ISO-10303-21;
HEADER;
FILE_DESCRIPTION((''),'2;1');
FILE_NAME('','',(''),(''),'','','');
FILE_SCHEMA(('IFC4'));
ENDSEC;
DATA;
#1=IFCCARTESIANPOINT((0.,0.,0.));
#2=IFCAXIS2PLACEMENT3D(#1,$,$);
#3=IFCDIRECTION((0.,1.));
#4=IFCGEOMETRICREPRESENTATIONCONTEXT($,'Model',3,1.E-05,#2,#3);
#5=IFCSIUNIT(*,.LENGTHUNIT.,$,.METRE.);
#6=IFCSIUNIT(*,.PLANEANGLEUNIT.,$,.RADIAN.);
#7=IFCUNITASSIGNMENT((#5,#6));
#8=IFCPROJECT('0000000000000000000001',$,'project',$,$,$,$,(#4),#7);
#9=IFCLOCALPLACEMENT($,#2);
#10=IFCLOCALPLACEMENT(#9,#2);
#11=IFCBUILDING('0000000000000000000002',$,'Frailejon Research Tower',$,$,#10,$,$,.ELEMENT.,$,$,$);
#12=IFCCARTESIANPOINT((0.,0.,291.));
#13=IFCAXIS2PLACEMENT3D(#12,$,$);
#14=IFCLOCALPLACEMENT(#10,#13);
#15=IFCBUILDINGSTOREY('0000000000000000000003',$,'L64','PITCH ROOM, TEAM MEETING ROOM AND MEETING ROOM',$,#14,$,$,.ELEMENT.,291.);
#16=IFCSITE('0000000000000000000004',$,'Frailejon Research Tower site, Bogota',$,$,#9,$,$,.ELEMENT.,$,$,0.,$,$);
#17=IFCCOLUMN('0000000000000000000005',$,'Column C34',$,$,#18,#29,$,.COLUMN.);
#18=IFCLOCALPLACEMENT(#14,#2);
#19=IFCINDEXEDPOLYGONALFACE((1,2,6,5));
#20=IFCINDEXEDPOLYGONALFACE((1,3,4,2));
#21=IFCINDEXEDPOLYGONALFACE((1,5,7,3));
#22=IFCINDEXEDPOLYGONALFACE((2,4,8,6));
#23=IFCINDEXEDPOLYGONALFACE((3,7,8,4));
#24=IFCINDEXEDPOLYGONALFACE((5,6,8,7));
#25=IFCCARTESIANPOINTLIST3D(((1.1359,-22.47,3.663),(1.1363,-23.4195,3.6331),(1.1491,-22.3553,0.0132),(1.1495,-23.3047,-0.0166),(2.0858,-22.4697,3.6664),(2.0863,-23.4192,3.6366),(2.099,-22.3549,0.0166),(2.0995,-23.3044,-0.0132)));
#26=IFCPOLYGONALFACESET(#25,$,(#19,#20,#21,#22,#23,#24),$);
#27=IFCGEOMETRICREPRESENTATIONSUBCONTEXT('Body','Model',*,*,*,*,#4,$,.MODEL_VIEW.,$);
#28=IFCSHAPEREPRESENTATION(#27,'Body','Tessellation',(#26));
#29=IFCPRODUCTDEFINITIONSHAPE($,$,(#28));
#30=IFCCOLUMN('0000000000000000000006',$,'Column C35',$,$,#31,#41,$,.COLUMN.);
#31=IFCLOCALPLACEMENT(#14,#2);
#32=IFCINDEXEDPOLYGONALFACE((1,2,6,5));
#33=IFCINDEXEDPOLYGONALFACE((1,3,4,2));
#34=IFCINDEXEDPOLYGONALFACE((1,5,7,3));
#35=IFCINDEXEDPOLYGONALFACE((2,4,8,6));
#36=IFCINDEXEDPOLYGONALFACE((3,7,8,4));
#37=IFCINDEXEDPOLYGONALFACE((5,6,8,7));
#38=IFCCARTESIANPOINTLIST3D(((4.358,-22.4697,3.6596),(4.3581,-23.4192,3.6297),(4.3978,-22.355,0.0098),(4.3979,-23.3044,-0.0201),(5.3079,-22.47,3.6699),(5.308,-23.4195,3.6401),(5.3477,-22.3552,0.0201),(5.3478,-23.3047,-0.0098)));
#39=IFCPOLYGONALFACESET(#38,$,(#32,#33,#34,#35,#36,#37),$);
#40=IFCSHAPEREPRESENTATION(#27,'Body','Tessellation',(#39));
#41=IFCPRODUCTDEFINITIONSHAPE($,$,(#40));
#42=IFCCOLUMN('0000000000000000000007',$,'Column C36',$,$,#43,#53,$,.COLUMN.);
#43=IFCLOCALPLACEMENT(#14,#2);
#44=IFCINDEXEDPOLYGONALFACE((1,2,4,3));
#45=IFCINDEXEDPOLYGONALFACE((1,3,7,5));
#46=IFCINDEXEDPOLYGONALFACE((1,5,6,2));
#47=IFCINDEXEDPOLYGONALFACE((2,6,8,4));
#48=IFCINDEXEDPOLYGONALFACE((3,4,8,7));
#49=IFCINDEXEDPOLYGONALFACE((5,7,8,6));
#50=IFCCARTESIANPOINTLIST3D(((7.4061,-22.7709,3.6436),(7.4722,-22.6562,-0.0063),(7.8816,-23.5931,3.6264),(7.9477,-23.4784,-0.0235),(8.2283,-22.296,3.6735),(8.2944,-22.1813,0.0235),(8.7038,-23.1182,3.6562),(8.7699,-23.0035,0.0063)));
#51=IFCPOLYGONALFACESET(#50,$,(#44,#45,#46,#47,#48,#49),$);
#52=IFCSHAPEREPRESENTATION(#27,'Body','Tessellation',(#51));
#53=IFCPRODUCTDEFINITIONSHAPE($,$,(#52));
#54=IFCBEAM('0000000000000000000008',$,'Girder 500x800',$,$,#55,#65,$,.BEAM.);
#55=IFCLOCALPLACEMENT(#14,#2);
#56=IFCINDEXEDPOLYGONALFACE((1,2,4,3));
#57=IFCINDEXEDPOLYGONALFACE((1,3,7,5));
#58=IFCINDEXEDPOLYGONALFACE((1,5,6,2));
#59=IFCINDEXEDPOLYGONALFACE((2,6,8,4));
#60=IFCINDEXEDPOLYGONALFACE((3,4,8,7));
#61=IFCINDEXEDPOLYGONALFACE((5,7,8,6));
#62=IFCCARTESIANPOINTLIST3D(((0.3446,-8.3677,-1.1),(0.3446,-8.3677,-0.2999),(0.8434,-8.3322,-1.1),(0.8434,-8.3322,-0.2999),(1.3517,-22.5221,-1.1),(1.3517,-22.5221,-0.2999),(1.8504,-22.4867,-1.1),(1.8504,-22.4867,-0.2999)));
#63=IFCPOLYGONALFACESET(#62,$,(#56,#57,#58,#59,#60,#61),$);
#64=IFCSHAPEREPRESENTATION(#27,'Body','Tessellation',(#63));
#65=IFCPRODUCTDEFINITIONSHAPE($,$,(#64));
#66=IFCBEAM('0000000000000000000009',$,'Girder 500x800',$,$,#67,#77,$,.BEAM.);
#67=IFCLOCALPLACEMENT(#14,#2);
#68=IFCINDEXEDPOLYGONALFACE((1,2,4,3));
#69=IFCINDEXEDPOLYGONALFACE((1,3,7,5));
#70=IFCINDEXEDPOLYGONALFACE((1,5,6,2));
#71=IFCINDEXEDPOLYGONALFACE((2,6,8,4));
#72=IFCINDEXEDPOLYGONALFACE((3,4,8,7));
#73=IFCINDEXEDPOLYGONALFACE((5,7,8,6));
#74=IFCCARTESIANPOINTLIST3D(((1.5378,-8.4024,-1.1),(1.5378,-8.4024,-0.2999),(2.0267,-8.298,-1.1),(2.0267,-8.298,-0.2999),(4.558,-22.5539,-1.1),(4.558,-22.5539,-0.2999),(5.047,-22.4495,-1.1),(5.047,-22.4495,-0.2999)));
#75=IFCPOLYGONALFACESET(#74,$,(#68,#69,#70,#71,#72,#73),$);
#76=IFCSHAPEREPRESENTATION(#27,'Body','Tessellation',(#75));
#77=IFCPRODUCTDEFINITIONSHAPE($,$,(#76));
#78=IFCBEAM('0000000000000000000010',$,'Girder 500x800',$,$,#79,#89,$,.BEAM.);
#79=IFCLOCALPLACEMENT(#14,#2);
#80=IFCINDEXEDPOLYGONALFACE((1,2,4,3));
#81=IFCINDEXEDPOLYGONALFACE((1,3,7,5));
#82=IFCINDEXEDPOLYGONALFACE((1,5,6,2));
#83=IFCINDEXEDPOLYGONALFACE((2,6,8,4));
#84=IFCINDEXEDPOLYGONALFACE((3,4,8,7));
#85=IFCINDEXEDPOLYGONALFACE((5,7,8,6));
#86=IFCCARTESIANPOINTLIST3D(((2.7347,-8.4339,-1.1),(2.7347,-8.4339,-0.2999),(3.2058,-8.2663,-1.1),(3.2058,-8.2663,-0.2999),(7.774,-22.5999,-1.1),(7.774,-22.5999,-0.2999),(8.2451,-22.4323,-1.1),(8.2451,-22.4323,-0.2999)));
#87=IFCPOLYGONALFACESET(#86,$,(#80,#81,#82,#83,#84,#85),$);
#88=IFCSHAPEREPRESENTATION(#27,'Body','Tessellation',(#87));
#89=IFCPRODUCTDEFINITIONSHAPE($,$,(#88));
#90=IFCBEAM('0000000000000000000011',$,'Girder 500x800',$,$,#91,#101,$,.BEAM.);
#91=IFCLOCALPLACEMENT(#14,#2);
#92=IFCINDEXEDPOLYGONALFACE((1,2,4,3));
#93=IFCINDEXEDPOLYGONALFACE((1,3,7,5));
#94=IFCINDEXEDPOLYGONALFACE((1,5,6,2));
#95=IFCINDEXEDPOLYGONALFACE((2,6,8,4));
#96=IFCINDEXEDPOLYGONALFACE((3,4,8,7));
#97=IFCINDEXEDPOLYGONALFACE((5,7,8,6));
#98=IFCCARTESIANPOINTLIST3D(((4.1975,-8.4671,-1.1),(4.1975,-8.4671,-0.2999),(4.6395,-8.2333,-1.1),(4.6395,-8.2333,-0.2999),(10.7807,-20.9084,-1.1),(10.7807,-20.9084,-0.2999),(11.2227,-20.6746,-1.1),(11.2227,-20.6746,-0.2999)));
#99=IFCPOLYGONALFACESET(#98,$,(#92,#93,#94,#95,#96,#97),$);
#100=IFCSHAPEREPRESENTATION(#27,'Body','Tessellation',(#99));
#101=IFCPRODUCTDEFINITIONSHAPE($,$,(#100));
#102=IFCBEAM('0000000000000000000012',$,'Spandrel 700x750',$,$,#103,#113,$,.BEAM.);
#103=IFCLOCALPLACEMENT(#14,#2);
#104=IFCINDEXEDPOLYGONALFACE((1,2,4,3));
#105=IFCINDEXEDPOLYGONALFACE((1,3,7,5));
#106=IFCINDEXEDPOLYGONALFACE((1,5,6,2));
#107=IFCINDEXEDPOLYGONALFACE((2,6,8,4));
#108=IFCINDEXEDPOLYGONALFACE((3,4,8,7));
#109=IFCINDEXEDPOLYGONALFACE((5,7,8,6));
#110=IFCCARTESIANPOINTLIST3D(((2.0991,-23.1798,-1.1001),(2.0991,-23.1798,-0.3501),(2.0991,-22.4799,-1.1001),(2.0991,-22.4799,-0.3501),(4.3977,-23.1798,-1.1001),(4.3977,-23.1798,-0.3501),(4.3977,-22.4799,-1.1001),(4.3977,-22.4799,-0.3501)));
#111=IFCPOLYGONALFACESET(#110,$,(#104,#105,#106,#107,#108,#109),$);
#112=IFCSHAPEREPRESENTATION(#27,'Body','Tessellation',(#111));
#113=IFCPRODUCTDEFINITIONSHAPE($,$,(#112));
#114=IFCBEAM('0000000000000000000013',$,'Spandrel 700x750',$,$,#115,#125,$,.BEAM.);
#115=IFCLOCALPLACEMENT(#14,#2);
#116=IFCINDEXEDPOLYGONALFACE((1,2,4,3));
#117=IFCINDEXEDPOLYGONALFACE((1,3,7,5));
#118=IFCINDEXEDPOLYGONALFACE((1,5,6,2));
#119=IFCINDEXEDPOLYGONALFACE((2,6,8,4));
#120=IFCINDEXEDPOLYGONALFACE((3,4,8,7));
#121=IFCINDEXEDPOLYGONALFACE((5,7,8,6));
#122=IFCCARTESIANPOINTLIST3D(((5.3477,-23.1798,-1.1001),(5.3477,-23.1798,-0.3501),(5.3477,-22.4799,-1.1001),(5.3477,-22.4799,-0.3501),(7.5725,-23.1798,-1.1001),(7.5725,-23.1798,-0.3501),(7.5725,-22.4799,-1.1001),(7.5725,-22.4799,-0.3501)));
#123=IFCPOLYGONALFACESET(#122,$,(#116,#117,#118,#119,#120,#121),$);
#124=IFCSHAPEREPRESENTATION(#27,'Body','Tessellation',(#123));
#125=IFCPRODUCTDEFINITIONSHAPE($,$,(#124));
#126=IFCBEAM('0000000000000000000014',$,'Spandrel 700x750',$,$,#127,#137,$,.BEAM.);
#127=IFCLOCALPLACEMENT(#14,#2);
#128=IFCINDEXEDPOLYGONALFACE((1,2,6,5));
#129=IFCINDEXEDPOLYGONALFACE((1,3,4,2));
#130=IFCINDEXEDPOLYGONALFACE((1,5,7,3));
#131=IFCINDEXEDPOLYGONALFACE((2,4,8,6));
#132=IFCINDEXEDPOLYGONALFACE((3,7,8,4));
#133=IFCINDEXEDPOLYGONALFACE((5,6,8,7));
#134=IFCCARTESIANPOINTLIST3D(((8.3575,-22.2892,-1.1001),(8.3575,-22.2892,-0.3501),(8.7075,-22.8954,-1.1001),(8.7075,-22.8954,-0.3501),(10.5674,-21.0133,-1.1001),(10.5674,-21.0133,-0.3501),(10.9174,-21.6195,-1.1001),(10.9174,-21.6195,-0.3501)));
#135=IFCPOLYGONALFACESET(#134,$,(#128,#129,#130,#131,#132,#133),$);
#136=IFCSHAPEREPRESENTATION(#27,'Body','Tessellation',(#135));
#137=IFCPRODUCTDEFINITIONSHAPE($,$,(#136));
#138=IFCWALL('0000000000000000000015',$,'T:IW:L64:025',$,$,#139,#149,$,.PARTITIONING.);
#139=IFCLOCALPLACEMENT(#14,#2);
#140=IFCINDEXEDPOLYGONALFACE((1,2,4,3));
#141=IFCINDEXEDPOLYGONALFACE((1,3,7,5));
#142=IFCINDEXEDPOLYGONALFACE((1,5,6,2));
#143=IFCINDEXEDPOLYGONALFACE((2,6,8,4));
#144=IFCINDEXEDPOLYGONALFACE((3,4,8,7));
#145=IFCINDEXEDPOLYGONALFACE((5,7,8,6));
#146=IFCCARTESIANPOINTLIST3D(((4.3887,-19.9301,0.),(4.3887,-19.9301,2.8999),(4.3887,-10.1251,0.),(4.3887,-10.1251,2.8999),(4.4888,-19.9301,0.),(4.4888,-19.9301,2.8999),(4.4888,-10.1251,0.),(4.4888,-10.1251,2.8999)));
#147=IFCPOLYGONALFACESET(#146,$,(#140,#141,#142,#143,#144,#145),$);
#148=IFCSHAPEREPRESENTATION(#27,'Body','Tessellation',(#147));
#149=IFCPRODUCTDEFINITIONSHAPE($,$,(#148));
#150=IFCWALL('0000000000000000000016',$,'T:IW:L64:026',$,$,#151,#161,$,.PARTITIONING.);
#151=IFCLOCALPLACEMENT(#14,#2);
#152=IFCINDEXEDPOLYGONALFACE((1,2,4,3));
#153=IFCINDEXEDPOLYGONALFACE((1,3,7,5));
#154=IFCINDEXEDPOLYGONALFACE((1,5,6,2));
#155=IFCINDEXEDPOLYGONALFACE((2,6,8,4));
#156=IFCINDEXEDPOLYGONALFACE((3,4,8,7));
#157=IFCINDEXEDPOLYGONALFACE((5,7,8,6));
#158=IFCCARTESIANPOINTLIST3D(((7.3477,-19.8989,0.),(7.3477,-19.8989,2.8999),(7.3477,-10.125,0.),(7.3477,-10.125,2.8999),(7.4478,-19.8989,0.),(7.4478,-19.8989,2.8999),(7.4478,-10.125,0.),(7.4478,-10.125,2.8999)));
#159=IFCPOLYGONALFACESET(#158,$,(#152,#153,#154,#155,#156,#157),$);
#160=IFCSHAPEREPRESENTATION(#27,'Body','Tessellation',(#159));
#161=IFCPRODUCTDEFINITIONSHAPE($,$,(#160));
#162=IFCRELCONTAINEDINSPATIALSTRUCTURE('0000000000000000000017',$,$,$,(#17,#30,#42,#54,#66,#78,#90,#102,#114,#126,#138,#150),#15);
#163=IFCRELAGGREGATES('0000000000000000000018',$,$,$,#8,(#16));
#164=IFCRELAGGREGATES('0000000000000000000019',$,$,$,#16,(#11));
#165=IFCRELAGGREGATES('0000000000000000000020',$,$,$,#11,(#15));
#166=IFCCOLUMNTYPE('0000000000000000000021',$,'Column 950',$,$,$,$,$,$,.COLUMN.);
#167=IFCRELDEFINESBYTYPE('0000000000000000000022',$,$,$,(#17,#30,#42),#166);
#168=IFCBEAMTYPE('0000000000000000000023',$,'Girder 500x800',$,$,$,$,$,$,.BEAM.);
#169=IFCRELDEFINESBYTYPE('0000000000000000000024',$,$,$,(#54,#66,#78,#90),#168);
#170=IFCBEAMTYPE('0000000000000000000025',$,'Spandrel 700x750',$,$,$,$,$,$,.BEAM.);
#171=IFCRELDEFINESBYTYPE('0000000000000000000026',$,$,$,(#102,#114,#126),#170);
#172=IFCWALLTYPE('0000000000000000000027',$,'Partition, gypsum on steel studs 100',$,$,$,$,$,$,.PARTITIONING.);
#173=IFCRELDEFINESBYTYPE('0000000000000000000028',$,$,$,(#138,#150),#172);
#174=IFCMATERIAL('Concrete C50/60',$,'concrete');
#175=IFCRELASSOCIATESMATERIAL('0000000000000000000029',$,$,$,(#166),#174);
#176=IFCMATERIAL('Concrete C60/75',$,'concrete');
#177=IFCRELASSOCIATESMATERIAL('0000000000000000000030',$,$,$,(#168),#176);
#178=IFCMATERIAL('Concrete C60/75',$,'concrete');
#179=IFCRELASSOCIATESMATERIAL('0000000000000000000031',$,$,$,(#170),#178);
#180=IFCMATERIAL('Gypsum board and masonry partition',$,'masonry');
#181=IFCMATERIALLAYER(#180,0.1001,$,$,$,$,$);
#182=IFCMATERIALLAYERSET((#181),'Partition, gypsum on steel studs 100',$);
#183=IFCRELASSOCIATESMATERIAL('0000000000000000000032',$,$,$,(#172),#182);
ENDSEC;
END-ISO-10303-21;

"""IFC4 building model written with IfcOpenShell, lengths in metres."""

from ifc_helpers import new_model, si_unit, direction, frame, frame_2d, origin, origin_2d, place, context, subcontext, project, spatial, rectangle, extrude, material, layer, layer_set, material_profile, profile_set, type_object, element, save


model = new_model("IFC4")

# Units and contexts
model_context = context("Model", 3, precision=1e-05, world=origin(), true_north=direction((0.0, 1.0)))
body_context = subcontext(model_context, "Body", "Model", "MODEL_VIEW")
ifc_project = project(units=[si_unit("LENGTHUNIT", "METRE"), si_unit("PLANEANGLEUNIT", "RADIAN")], contexts=[model_context])

# Site, building, storey
site_placement = place(None, origin())
site = spatial("IfcSite", under=ifc_project, at=site_placement, Name="Frailejon Research Tower site, Bogota", CompositionType="ELEMENT", RefElevation=0.0)
building_placement = place(site_placement, origin())
building = spatial("IfcBuilding", under=site, at=building_placement, Name="Frailejon Research Tower", CompositionType="ELEMENT")
storey_placement = place(building_placement, frame((0.0, 0.0, 291.0)))
storey = spatial("IfcBuildingStorey", under=building, at=storey_placement, Name="L64", Description="PITCH ROOM, TEAM MEETING ROOM AND MEETING ROOM", CompositionType="ELEMENT", Elevation=291.0)

# Columns
ifc_material_1 = material(Name="Concrete C50/60", Category="concrete")
ifc_material_profile_1 = material_profile(ifc_material_1, rectangle(XDim=0.95, YDim=0.95, at=origin_2d()), Name="Column 950")
ifc_profile_set_1 = profile_set([ifc_material_profile_1], Name="Concrete C50/60")
column_type = type_object("IfcColumnType", Name="Column 950", PredefinedType="COLUMN", material=ifc_profile_set_1)
column_1_placement = place(storey_placement, frame((1.6243, -22.8298, 0.0), z_axis=(-0.00361, -0.031422, 0.9995), x_axis=(0.999993, 0.000341, 0.003623)))
element("IfcColumn", 1, at=column_1_placement, inside=storey, type_object=column_type, Name="Column C34", PredefinedType="COLUMN", context=body_context, shape_type="SweptSolid", body=[
    extrude(rectangle(XDim=0.95, YDim=0.95, at=origin_2d()), origin(), (0.0, 0.0, 1.0), 3.6516),
])
column_2_placement = place(storey_placement, frame((4.8728, -22.8298, 0.0), z_axis=(-0.010897, -0.031421, 0.999447), x_axis=(0.999941, -0.000298, 0.010893)))
element("IfcColumn", 2, at=column_2_placement, inside=storey, type_object=column_type, Name="Column C35", PredefinedType="COLUMN", context=body_context, shape_type="SweptSolid", body=[
    extrude(rectangle(XDim=0.95, YDim=0.95, at=origin_2d()), origin(), (0.0, 0.0, 1.0), 3.6519),
])
column_3_placement = place(storey_placement, frame((8.1211, -22.8298, 0.0), z_axis=(-0.018115, -0.031417, 0.999342), x_axis=(0.86552, 0.499889, 0.031405)))
element("IfcColumn", 3, at=column_3_placement, inside=storey, type_object=column_type, Name="Column C36", PredefinedType="COLUMN", context=body_context, shape_type="SweptSolid", body=[
    extrude(rectangle(XDim=0.95, YDim=0.95, at=origin_2d()), origin(), (0.0, 0.0, 1.0), 3.6523),
])

# Beams
ifc_material_2 = material(Name="Concrete C60/75", Category="concrete")
ifc_material_profile_2 = material_profile(ifc_material_2, rectangle(XDim=0.5, YDim=0.8, at=origin_2d()), Name="Girder 500x800")
ifc_profile_set_2 = profile_set([ifc_material_profile_2], Name="Concrete C60/75")
beam_type_1 = type_object("IfcBeamType", Name="Girder 500x800", PredefinedType="BEAM", material=ifc_profile_set_2)
beam_1_placement = place(storey_placement, frame((1.6011, -22.5044, -0.7), z_axis=(-0.070971, 0.997478, 0.0), x_axis=(-0.997478, -0.070971, 0.0)))
element("IfcBeam", 4, at=beam_1_placement, inside=storey, type_object=beam_type_1, Name="Girder 500x800", PredefinedType="BEAM", context=body_context, shape_type="SweptSolid", body=[
    extrude(rectangle(XDim=0.5, YDim=0.8, at=origin_2d()), origin(), (0.0, 0.0, 1.0), 14.1902),
])
beam_2_placement = place(storey_placement, frame((4.8025, -22.5017, -0.7), z_axis=(-0.208721, 0.977975, 0.0), x_axis=(-0.977975, -0.208721, 0.0)))
element("IfcBeam", 5, at=beam_2_placement, inside=storey, type_object=beam_type_1, Name="Girder 500x800", PredefinedType="BEAM", context=body_context, shape_type="SweptSolid", body=[
    extrude(rectangle(XDim=0.5, YDim=0.8, at=origin_2d()), origin(), (0.0, 0.0, 1.0), 14.4702),
])
beam_3_placement = place(storey_placement, frame((8.0095, -22.5161, -0.7), z_axis=(-0.335157, 0.942162, 0.0), x_axis=(-0.942162, -0.335157, 0.0)))
element("IfcBeam", 6, at=beam_3_placement, inside=storey, type_object=beam_type_1, Name="Girder 500x800", PredefinedType="BEAM", context=body_context, shape_type="SweptSolid", body=[
    extrude(rectangle(XDim=0.5, YDim=0.8, at=origin_2d()), origin(), (0.0, 0.0, 1.0), 15.0356),
])
beam_4_placement = place(storey_placement, frame((11.0017, -20.7915, -0.7), z_axis=(-0.4677, 0.883887, 0.0), x_axis=(-0.883887, -0.4677, 0.0)))
element("IfcBeam", 7, at=beam_4_placement, inside=storey, type_object=beam_type_1, Name="Girder 500x800", PredefinedType="BEAM", context=body_context, shape_type="SweptSolid", body=[
    extrude(rectangle(XDim=0.5, YDim=0.8, at=origin_2d()), origin(), (0.0, 0.0, 1.0), 14.0757),
])
ifc_material_3 = material(Name="Concrete C60/75", Category="concrete")
ifc_material_profile_3 = material_profile(ifc_material_3, rectangle(XDim=0.7, YDim=0.75, at=origin_2d()), Name="Spandrel 700x750")
ifc_profile_set_3 = profile_set([ifc_material_profile_3], Name="Concrete C60/75")
beam_type_2 = type_object("IfcBeamType", Name="Spandrel 700x750", PredefinedType="BEAM", material=ifc_profile_set_3)
beam_5_placement = place(storey_placement, frame((2.0991, -22.8298, -0.7251), z_axis=(1.0, 0.0, 0.0), x_axis=(0.0, 1.0, 0.0)))
element("IfcBeam", 8, at=beam_5_placement, inside=storey, type_object=beam_type_2, Name="Spandrel 700x750", PredefinedType="BEAM", context=body_context, shape_type="SweptSolid", body=[
    extrude(rectangle(XDim=0.7, YDim=0.75, at=origin_2d()), origin(), (0.0, 0.0, 1.0), 2.2986),
])
beam_6_placement = place(storey_placement, frame((5.3477, -22.8298, -0.7251), z_axis=(1.0, 0.0, 0.0), x_axis=(0.0, 1.0, 0.0)))
element("IfcBeam", 9, at=beam_6_placement, inside=storey, type_object=beam_type_2, Name="Spandrel 700x750", PredefinedType="BEAM", context=body_context, shape_type="SweptSolid", body=[
    extrude(rectangle(XDim=0.7, YDim=0.75, at=origin_2d()), origin(), (0.0, 0.0, 1.0), 2.2249),
])
beam_7_placement = place(storey_placement, frame((8.5325, -22.5923, -0.7251), z_axis=(0.866033, 0.499987, 0.0), x_axis=(-0.499987, 0.866033, 0.0)))
element("IfcBeam", 10, at=beam_7_placement, inside=storey, type_object=beam_type_2, Name="Spandrel 700x750", PredefinedType="BEAM", context=body_context, shape_type="SweptSolid", body=[
    extrude(rectangle(XDim=0.7, YDim=0.75, at=origin_2d()), origin(), (0.0, 0.0, 1.0), 2.5518),
])

# Walls
ifc_material_4 = material(Name="Gypsum board and masonry partition", Category="masonry")
ifc_layer_1 = layer(ifc_material_4, 0.1001)
ifc_layer_set_1 = layer_set([ifc_layer_1], Name="Partition, gypsum on steel studs 100")
wall_type_1 = type_object("IfcWallType", Name="Partition, gypsum on steel studs 100", PredefinedType="PARTITIONING", material=ifc_layer_set_1)
wall_1_placement = place(storey_placement, frame((4.4387, -19.9299, 0.0), z_axis=(0.0, 0.0, 1.0), x_axis=(0.0, 1.0, 0.0)))
element("IfcWall", 11, at=wall_1_placement, inside=storey, type_object=wall_type_1, Name="T:IW:L64:025", PredefinedType="PARTITIONING", context=body_context, shape_type="SweptSolid", body=[
    extrude(rectangle(XDim=9.8049, YDim=0.1001, at=frame_2d((4.9023, 0.0))), origin(), (0.0, 0.0, 1.0), 2.8999),
])
wall_2_placement = place(storey_placement, frame((7.3977, -19.8989, 0.0), z_axis=(0.0, 0.0, 1.0), x_axis=(0.0, 1.0, 0.0)))
element("IfcWall", 12, at=wall_2_placement, inside=storey, type_object=wall_type_1, Name="T:IW:L64:026", PredefinedType="PARTITIONING", context=body_context, shape_type="SweptSolid", body=[
    extrude(rectangle(XDim=9.7739, YDim=0.1001, at=frame_2d((4.887, 0.0))), origin(), (0.0, 0.0, 1.0), 2.8999),
])

save(model, "model.ifc")
